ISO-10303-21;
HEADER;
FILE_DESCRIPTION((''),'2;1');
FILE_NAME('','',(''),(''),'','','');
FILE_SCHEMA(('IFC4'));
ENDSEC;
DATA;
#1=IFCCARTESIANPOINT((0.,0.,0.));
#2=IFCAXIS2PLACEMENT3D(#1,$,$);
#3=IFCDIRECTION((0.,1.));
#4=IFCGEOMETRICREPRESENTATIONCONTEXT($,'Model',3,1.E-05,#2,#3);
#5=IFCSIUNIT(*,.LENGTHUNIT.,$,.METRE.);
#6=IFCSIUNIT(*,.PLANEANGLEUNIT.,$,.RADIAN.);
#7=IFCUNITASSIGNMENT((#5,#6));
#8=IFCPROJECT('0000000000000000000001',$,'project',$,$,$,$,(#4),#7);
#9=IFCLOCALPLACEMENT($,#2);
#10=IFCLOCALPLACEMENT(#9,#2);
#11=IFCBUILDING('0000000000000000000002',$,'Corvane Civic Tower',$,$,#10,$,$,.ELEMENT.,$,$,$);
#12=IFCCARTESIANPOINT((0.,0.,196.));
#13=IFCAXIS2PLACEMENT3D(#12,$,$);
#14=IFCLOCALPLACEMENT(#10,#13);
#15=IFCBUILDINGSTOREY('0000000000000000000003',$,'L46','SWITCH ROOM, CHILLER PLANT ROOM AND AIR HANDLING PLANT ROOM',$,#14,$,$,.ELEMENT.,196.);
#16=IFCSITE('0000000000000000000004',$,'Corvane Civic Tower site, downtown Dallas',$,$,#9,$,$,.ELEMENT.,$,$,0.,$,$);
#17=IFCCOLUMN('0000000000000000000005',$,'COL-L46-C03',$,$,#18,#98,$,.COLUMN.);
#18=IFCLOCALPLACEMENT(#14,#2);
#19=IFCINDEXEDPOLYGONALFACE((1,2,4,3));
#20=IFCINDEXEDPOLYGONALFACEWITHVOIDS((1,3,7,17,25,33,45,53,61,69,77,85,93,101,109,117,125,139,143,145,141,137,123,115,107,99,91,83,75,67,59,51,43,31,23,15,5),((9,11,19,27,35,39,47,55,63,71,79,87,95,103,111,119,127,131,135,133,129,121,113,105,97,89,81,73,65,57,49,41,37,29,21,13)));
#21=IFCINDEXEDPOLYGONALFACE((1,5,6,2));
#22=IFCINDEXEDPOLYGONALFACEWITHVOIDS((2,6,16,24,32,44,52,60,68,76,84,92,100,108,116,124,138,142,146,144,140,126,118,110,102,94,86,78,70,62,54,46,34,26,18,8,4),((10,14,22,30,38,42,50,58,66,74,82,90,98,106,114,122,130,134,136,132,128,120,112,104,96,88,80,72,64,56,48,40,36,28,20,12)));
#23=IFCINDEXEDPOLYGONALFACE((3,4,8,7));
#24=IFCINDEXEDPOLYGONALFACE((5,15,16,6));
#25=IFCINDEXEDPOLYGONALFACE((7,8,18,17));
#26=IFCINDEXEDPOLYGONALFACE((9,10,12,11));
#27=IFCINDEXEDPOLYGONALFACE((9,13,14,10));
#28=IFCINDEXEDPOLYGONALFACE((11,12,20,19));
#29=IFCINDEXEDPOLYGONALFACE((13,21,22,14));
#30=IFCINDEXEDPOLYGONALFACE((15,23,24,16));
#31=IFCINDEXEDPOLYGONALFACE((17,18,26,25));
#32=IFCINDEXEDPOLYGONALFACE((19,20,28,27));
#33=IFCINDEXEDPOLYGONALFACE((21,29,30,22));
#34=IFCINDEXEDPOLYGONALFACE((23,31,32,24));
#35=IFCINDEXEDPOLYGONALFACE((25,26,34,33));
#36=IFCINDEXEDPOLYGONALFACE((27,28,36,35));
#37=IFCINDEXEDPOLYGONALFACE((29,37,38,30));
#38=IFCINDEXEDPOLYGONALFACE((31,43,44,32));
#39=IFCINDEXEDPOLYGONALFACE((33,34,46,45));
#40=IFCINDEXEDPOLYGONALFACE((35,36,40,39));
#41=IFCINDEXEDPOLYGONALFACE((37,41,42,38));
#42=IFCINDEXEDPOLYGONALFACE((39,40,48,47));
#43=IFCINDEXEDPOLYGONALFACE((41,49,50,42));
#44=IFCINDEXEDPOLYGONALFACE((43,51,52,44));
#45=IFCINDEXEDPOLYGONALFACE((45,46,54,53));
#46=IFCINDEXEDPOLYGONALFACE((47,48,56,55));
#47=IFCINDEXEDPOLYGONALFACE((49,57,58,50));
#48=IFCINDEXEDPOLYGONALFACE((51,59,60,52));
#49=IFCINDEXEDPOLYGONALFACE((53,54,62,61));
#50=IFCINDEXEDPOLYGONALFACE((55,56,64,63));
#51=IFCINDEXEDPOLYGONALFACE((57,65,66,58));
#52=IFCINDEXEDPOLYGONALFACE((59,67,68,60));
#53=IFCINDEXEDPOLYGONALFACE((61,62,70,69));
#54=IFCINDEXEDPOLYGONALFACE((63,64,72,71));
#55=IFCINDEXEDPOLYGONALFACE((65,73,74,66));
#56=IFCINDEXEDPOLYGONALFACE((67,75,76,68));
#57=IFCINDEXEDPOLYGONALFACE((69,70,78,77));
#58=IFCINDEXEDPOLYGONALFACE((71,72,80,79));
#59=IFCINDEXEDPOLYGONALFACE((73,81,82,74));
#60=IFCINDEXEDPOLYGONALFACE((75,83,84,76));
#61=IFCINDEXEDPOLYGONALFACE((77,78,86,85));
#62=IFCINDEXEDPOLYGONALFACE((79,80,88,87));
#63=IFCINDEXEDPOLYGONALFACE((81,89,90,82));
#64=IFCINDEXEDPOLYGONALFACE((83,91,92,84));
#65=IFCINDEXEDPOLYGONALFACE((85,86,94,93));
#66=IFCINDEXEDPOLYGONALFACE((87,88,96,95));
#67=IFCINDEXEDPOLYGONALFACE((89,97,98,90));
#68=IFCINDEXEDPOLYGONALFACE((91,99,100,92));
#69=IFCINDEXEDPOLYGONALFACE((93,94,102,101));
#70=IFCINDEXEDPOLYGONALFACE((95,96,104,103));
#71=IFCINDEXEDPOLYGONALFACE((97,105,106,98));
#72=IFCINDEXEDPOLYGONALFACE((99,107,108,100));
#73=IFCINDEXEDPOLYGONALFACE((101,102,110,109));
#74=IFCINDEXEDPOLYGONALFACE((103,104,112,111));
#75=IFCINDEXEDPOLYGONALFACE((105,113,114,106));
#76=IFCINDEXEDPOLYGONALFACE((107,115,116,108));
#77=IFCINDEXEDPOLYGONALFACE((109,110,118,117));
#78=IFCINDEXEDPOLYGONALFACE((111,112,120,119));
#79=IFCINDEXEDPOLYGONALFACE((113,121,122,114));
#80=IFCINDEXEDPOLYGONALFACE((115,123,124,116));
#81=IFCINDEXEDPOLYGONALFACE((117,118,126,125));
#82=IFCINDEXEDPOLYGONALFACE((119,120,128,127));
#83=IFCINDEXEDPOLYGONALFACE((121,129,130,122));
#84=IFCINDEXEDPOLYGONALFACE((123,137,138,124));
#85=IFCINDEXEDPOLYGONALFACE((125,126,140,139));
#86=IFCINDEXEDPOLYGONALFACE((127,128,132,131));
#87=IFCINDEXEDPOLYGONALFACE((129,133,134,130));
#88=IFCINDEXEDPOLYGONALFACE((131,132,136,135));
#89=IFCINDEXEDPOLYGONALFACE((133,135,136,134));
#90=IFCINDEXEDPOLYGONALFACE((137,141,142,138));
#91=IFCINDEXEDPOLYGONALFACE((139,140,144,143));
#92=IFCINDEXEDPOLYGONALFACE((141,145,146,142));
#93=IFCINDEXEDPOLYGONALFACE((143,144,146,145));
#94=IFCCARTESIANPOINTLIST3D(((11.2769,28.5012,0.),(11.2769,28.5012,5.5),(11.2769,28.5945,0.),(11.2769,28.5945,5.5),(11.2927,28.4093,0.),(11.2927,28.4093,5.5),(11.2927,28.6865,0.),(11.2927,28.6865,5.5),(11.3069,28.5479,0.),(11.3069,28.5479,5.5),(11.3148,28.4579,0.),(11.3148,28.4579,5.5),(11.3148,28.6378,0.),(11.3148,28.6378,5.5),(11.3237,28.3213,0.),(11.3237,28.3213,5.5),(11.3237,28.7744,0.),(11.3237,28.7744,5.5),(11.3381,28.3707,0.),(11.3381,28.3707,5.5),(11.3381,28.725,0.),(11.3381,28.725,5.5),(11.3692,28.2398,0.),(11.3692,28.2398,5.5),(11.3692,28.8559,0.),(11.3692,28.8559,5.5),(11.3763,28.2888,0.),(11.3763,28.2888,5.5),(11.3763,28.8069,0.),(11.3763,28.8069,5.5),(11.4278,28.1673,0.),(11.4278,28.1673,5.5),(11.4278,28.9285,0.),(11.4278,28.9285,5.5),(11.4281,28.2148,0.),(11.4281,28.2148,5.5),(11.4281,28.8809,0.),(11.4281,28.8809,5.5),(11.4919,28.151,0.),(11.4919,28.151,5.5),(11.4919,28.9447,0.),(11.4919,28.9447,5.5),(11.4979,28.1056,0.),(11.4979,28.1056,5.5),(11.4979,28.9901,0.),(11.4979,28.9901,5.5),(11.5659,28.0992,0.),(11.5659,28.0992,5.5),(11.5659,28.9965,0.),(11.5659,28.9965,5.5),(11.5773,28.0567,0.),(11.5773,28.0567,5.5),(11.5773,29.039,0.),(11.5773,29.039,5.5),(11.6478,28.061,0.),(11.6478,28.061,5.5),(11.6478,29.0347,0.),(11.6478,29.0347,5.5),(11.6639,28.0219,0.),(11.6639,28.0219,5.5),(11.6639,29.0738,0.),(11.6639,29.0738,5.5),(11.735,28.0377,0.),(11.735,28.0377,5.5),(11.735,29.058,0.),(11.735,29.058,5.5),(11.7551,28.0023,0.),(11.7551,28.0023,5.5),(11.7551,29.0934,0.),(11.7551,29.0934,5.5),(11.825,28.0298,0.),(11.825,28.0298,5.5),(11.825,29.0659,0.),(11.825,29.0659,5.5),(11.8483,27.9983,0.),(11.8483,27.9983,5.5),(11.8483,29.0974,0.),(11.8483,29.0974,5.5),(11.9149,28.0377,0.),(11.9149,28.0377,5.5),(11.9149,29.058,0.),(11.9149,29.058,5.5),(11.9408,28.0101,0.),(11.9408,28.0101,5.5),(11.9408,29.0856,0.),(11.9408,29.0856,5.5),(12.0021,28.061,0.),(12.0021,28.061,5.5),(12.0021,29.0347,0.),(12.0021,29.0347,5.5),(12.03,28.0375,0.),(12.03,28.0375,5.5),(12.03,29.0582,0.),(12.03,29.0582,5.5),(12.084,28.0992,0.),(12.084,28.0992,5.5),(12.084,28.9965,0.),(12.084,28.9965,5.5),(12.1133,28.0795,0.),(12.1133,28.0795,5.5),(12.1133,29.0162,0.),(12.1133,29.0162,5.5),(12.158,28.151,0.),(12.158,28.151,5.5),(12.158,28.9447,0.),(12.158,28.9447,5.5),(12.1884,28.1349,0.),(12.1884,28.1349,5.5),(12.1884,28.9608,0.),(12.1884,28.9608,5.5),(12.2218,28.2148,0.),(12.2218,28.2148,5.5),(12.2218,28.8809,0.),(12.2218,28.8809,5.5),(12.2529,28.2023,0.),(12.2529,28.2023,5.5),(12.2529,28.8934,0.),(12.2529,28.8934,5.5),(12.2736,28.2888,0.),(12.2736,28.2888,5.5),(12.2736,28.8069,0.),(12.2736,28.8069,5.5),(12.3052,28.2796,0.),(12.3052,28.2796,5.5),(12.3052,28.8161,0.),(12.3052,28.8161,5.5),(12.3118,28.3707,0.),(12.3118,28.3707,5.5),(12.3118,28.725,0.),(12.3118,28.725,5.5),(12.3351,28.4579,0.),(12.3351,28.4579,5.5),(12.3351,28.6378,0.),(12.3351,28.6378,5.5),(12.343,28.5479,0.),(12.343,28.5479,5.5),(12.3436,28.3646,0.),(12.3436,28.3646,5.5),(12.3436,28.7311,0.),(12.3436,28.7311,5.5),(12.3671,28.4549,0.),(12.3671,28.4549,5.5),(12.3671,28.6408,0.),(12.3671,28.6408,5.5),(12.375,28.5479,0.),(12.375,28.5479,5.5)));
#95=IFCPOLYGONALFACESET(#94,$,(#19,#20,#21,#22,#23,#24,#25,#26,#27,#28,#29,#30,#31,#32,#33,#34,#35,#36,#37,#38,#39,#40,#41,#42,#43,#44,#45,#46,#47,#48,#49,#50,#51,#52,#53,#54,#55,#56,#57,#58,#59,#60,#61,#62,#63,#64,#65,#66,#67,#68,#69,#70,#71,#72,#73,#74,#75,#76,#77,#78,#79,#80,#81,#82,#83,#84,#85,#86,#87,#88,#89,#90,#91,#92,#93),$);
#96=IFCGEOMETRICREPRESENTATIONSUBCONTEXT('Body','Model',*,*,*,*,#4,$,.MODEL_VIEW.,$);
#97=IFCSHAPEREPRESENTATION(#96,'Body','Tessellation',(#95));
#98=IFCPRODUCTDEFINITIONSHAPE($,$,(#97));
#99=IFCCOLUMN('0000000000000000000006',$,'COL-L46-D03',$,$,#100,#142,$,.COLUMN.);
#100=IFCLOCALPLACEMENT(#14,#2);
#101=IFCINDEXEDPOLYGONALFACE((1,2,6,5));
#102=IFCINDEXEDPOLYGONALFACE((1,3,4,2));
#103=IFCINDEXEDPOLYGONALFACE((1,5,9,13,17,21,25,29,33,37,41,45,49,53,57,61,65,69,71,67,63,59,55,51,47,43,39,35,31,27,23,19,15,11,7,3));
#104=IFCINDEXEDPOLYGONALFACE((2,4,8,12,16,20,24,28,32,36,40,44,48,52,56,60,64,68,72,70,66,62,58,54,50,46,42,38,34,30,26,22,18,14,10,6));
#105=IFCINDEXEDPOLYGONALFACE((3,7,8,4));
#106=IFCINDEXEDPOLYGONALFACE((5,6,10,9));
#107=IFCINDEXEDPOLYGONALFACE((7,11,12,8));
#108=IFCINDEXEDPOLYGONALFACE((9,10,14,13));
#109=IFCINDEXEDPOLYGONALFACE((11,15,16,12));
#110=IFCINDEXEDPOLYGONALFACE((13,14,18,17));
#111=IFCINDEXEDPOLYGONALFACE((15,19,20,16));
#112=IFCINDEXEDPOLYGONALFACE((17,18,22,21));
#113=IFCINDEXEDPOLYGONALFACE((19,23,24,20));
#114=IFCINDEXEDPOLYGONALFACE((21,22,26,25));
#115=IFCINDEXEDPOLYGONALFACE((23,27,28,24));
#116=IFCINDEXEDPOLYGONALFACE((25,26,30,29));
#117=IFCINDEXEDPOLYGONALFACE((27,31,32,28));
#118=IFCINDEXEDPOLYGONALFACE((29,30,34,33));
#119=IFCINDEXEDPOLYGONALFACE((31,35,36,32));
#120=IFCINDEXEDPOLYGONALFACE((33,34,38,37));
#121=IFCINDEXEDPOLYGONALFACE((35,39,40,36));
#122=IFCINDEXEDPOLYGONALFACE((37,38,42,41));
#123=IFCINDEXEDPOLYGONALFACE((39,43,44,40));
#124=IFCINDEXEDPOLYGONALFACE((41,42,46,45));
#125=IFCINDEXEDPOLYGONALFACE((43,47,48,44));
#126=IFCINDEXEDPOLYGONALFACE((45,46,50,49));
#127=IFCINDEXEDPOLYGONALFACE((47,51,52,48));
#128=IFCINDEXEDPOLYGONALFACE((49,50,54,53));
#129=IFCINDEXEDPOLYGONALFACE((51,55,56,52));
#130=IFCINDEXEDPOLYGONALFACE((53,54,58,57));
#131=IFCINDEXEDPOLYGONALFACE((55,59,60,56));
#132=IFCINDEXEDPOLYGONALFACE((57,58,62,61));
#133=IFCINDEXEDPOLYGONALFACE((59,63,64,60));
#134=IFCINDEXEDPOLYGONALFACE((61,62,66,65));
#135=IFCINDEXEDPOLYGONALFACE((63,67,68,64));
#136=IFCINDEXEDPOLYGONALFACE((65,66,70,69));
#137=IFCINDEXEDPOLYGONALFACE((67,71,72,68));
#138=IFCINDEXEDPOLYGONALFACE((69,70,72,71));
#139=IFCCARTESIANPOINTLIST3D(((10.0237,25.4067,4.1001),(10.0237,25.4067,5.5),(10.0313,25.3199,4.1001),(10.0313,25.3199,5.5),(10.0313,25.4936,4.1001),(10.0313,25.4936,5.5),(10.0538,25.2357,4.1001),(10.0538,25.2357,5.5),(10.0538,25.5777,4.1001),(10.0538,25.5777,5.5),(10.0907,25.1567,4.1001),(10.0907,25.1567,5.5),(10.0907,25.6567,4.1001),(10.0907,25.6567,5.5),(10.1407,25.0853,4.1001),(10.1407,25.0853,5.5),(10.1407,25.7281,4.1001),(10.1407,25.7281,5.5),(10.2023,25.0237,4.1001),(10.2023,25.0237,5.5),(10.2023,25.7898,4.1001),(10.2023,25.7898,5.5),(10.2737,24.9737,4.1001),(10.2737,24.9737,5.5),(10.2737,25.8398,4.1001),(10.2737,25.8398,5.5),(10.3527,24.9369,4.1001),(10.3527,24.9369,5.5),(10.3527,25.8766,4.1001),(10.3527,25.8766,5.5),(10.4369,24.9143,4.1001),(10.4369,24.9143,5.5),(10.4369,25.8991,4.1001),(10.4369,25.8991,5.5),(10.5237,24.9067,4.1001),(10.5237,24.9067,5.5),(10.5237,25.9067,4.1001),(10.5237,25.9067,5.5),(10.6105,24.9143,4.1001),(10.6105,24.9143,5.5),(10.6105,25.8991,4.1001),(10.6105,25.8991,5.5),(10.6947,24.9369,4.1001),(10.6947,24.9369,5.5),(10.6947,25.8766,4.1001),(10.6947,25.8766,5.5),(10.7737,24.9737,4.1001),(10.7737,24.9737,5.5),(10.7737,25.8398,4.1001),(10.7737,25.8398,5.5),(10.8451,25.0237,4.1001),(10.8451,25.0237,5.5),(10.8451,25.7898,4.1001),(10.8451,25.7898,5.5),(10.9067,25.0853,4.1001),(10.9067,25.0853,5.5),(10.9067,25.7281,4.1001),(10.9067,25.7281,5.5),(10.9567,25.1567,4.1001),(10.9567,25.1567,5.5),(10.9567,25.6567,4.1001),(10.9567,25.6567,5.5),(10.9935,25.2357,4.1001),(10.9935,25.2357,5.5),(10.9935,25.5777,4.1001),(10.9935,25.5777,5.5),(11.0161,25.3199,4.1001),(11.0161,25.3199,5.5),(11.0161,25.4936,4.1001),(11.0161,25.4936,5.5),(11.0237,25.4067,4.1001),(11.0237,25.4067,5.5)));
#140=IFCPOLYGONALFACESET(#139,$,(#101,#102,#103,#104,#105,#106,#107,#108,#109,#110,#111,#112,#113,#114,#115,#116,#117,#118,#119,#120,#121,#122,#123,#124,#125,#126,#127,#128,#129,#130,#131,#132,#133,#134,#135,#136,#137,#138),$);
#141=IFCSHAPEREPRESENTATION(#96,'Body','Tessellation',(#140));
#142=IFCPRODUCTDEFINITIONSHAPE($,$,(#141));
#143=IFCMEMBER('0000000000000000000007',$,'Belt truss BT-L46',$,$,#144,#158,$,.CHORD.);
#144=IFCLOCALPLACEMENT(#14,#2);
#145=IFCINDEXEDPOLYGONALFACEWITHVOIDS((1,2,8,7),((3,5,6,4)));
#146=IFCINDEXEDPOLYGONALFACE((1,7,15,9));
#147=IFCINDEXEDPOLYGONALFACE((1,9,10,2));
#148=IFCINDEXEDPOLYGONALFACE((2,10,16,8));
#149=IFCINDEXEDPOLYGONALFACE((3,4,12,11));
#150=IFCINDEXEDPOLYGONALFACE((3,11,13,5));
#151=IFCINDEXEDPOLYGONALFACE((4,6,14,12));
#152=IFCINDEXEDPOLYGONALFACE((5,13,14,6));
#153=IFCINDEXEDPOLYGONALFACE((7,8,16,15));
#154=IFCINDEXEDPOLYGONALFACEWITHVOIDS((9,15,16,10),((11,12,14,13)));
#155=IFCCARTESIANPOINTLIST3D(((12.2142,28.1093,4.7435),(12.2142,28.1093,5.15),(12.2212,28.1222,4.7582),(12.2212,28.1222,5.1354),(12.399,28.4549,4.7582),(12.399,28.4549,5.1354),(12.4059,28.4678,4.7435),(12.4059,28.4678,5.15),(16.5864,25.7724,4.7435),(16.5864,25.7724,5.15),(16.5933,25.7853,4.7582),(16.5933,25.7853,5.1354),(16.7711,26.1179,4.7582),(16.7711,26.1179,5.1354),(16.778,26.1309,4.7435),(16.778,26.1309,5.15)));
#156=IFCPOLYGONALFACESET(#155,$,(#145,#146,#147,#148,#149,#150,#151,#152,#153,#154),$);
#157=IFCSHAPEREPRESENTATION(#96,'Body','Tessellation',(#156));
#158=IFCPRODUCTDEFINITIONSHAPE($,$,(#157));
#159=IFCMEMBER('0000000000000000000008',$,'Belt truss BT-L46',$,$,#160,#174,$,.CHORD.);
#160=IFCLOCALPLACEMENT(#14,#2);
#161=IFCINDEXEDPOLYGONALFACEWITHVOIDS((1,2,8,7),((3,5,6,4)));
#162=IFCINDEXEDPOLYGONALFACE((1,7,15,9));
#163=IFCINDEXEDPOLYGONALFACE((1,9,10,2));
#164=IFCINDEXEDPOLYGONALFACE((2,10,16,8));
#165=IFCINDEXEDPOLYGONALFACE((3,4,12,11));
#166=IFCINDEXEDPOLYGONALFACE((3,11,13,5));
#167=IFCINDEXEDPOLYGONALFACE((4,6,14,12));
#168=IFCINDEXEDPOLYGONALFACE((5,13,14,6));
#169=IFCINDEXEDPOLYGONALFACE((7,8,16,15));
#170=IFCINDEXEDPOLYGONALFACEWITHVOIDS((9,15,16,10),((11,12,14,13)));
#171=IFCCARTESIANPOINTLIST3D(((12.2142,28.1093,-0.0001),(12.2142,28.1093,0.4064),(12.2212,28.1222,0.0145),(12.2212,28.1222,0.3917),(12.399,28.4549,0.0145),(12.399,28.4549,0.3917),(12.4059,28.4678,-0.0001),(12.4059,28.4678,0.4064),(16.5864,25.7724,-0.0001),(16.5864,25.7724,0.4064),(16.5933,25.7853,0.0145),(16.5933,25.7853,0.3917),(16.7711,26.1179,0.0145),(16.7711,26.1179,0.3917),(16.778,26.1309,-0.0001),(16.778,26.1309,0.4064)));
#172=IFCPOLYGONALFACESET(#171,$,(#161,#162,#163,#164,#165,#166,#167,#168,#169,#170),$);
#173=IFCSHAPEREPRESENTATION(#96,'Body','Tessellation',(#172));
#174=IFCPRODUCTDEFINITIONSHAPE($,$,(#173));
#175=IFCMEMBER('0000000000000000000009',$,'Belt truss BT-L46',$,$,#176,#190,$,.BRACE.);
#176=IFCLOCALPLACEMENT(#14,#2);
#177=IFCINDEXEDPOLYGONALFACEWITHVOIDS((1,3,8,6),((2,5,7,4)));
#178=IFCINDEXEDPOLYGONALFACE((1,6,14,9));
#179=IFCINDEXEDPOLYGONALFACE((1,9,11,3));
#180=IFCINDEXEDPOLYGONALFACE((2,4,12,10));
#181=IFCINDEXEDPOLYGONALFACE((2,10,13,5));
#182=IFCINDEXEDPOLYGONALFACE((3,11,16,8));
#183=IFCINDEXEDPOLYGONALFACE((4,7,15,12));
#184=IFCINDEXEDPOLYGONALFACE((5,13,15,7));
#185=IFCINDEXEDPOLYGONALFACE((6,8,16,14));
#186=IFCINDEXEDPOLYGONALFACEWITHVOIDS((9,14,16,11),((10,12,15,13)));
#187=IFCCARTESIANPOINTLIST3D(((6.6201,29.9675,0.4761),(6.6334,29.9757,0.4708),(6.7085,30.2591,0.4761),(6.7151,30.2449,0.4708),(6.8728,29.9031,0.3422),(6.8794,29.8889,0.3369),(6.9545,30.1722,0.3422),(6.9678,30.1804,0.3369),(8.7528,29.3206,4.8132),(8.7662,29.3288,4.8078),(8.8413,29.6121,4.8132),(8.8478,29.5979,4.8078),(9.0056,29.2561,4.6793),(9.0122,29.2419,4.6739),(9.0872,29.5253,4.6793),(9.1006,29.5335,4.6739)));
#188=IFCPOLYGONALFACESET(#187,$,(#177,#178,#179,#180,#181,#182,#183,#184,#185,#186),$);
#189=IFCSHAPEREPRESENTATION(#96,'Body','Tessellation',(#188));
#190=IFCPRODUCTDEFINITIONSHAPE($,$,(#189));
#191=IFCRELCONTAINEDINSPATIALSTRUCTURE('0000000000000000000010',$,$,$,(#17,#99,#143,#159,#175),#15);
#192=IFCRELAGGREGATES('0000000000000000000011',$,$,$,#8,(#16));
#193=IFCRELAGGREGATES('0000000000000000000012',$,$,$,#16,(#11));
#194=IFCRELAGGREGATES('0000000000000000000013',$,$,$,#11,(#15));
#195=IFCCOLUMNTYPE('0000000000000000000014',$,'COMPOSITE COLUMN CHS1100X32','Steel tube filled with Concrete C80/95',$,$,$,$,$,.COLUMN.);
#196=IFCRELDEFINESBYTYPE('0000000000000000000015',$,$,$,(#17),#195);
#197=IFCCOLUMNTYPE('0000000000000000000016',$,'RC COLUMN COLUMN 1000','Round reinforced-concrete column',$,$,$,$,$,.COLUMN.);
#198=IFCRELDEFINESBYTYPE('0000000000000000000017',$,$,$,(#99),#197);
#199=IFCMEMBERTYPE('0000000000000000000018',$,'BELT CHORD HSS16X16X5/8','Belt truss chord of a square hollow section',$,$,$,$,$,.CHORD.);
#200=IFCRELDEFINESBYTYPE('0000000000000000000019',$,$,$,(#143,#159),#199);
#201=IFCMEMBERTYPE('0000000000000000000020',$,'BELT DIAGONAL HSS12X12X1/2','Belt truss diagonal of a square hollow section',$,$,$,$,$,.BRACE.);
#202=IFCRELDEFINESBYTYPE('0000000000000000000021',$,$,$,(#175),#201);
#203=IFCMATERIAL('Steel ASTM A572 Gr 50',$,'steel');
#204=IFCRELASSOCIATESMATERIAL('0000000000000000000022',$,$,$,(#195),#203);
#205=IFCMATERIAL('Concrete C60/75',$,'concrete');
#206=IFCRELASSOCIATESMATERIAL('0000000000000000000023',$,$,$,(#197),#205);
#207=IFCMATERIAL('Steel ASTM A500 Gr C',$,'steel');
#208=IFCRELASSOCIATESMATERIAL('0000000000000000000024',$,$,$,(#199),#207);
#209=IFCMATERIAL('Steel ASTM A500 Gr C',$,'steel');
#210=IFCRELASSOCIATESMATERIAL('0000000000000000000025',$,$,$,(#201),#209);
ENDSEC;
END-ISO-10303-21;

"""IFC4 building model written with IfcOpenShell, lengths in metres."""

from ifc_helpers import new_model, si_unit, direction, frame, origin, origin_2d, place, context, subcontext, project, spatial, hollow_rectangle, circle, hollow_circle, extrude, material, material_profile, profile_set, type_object, element, save


model = new_model("IFC4")

# Units and contexts
model_context = context("Model", 3, precision=1e-05, world=origin(), true_north=direction((0.0, 1.0)))
body_context = subcontext(model_context, "Body", "Model", "MODEL_VIEW")
ifc_project = project(units=[si_unit("LENGTHUNIT", "METRE"), si_unit("PLANEANGLEUNIT", "RADIAN")], contexts=[model_context])

# Site, building, storey
site_placement = place(None, origin())
site = spatial("IfcSite", under=ifc_project, at=site_placement, Name="Corvane Civic Tower site, downtown Dallas", CompositionType="ELEMENT", RefElevation=0.0)
building_placement = place(site_placement, origin())
building = spatial("IfcBuilding", under=site, at=building_placement, Name="Corvane Civic Tower", CompositionType="ELEMENT")
storey_placement = place(building_placement, frame((0.0, 0.0, 196.0)))
storey = spatial("IfcBuildingStorey", under=building, at=storey_placement, Name="L46", Description="SWITCH ROOM, CHILLER PLANT ROOM AND AIR HANDLING PLANT ROOM", CompositionType="ELEMENT", Elevation=196.0)

# Columns
ifc_material_1 = material(Name="Steel ASTM A572 Gr 50", Category="steel")
ifc_material_profile_1 = material_profile(ifc_material_1, hollow_circle(Radius=0.55, WallThickness=0.032, at=origin_2d()), Name="CHS1100X32")
ifc_profile_set_1 = profile_set([ifc_material_profile_1], Name="Steel ASTM A572 Gr 50")
column_type_1 = type_object("IfcColumnType", Name="COMPOSITE COLUMN CHS1100X32", Description="Steel tube filled with Concrete C80/95", PredefinedType="COLUMN", material=ifc_profile_set_1)
column_1_placement = place(storey_placement, frame((11.825, 28.5479, 0.0), z_axis=(0.0, 0.0, 1.0), x_axis=(1.0, 0.0, 0.0)))
element("IfcColumn", 1, at=column_1_placement, inside=storey, type_object=column_type_1, Name="COL-L46-C03", PredefinedType="COLUMN", context=body_context, shape_type="SweptSolid", body=[
    extrude(hollow_circle(Radius=0.55, WallThickness=0.032, at=origin_2d()), origin(), (0.0, 0.0, 1.0), 5.5),
])
ifc_material_2 = material(Name="Concrete C60/75", Category="concrete")
ifc_material_profile_2 = material_profile(ifc_material_2, circle(Radius=0.5, at=origin_2d()), Name="COLUMN 1000")
ifc_profile_set_2 = profile_set([ifc_material_profile_2], Name="Concrete C60/75")
column_type_2 = type_object("IfcColumnType", Name="RC COLUMN COLUMN 1000", Description="Round reinforced-concrete column", PredefinedType="COLUMN", material=ifc_profile_set_2)
column_2_placement = place(storey_placement, frame((10.5237, 25.4067, 4.1001), z_axis=(0.0, 0.0, 1.0), x_axis=(1.0, 0.0, 0.0)))
element("IfcColumn", 2, at=column_2_placement, inside=storey, type_object=column_type_2, Name="COL-L46-D03", PredefinedType="COLUMN", context=body_context, shape_type="SweptSolid", body=[
    extrude(circle(Radius=0.5, at=origin_2d()), origin(), (0.0, 0.0, 1.0), 1.3999),
])

# Members
ifc_material_3 = material(Name="Steel ASTM A500 Gr C", Category="steel")
ifc_material_profile_3 = material_profile(ifc_material_3, hollow_rectangle(XDim=0.4065, YDim=0.4065, WallThickness=0.0146, at=origin_2d()), Name="HSS16X16X5/8")
ifc_profile_set_3 = profile_set([ifc_material_profile_3], Name="Steel ASTM A500 Gr C")
member_type_1 = type_object("IfcMemberType", Name="BELT CHORD HSS16X16X5/8", Description="Belt truss chord of a square hollow section", PredefinedType="CHORD", material=ifc_profile_set_3)
for number, where, z_axis, x_axis, name in (
    (3, (12.3101, 28.2886, 4.9468), (0.881922, -0.471396, 0.0), (0.471396, 0.881922, 0.0), "Belt truss BT-L46"),
    (4, (12.3101, 28.2886, 0.2031), (0.881922, -0.471396, 0.0), (0.471396, 0.881922, 0.0), "Belt truss BT-L46"),
):
    element("IfcMember", number, at=place(storey_placement, frame(where, z_axis=z_axis, x_axis=x_axis)), inside=storey, type_object=member_type_1, Name=name, PredefinedType="CHORD", context=body_context, shape_type="SweptSolid", body=[
        extrude(hollow_rectangle(XDim=0.4065, YDim=0.4065, WallThickness=0.0146, at=origin_2d()), origin(), (0.0, 0.0, 1.0), 4.9575),
    ])
ifc_material_4 = material(Name="Steel ASTM A500 Gr C", Category="steel")
ifc_material_profile_4 = material_profile(ifc_material_4, hollow_rectangle(XDim=0.3047, YDim=0.3047, WallThickness=0.0117, at=origin_2d()), Name="HSS12X12X1/2")
ifc_profile_set_4 = profile_set([ifc_material_profile_4], Name="Steel ASTM A500 Gr C")
member_type_2 = type_object("IfcMemberType", Name="BELT DIAGONAL HSS12X12X1/2", Description="Belt truss diagonal of a square hollow section", PredefinedType="BRACE", material=ifc_profile_set_4)
for number, where, z_axis, x_axis, name in (
    (5, (6.7939, 30.074, 0.4065), (0.437382, -0.132677, 0.889434), (0.290281, 0.956941, 0.0), "Belt truss BT-L46"),
):
    element("IfcMember", number, at=place(storey_placement, frame(where, z_axis=z_axis, x_axis=x_axis)), inside=storey, type_object=member_type_2, Name=name, PredefinedType="BRACE", context=body_context, shape_type="SweptSolid", body=[
        extrude(hollow_rectangle(XDim=0.3047, YDim=0.3047, WallThickness=0.0117, at=origin_2d()), origin(), (0.0, 0.0, 1.0), 4.8762),
    ])

save(model, "model.ifc")
